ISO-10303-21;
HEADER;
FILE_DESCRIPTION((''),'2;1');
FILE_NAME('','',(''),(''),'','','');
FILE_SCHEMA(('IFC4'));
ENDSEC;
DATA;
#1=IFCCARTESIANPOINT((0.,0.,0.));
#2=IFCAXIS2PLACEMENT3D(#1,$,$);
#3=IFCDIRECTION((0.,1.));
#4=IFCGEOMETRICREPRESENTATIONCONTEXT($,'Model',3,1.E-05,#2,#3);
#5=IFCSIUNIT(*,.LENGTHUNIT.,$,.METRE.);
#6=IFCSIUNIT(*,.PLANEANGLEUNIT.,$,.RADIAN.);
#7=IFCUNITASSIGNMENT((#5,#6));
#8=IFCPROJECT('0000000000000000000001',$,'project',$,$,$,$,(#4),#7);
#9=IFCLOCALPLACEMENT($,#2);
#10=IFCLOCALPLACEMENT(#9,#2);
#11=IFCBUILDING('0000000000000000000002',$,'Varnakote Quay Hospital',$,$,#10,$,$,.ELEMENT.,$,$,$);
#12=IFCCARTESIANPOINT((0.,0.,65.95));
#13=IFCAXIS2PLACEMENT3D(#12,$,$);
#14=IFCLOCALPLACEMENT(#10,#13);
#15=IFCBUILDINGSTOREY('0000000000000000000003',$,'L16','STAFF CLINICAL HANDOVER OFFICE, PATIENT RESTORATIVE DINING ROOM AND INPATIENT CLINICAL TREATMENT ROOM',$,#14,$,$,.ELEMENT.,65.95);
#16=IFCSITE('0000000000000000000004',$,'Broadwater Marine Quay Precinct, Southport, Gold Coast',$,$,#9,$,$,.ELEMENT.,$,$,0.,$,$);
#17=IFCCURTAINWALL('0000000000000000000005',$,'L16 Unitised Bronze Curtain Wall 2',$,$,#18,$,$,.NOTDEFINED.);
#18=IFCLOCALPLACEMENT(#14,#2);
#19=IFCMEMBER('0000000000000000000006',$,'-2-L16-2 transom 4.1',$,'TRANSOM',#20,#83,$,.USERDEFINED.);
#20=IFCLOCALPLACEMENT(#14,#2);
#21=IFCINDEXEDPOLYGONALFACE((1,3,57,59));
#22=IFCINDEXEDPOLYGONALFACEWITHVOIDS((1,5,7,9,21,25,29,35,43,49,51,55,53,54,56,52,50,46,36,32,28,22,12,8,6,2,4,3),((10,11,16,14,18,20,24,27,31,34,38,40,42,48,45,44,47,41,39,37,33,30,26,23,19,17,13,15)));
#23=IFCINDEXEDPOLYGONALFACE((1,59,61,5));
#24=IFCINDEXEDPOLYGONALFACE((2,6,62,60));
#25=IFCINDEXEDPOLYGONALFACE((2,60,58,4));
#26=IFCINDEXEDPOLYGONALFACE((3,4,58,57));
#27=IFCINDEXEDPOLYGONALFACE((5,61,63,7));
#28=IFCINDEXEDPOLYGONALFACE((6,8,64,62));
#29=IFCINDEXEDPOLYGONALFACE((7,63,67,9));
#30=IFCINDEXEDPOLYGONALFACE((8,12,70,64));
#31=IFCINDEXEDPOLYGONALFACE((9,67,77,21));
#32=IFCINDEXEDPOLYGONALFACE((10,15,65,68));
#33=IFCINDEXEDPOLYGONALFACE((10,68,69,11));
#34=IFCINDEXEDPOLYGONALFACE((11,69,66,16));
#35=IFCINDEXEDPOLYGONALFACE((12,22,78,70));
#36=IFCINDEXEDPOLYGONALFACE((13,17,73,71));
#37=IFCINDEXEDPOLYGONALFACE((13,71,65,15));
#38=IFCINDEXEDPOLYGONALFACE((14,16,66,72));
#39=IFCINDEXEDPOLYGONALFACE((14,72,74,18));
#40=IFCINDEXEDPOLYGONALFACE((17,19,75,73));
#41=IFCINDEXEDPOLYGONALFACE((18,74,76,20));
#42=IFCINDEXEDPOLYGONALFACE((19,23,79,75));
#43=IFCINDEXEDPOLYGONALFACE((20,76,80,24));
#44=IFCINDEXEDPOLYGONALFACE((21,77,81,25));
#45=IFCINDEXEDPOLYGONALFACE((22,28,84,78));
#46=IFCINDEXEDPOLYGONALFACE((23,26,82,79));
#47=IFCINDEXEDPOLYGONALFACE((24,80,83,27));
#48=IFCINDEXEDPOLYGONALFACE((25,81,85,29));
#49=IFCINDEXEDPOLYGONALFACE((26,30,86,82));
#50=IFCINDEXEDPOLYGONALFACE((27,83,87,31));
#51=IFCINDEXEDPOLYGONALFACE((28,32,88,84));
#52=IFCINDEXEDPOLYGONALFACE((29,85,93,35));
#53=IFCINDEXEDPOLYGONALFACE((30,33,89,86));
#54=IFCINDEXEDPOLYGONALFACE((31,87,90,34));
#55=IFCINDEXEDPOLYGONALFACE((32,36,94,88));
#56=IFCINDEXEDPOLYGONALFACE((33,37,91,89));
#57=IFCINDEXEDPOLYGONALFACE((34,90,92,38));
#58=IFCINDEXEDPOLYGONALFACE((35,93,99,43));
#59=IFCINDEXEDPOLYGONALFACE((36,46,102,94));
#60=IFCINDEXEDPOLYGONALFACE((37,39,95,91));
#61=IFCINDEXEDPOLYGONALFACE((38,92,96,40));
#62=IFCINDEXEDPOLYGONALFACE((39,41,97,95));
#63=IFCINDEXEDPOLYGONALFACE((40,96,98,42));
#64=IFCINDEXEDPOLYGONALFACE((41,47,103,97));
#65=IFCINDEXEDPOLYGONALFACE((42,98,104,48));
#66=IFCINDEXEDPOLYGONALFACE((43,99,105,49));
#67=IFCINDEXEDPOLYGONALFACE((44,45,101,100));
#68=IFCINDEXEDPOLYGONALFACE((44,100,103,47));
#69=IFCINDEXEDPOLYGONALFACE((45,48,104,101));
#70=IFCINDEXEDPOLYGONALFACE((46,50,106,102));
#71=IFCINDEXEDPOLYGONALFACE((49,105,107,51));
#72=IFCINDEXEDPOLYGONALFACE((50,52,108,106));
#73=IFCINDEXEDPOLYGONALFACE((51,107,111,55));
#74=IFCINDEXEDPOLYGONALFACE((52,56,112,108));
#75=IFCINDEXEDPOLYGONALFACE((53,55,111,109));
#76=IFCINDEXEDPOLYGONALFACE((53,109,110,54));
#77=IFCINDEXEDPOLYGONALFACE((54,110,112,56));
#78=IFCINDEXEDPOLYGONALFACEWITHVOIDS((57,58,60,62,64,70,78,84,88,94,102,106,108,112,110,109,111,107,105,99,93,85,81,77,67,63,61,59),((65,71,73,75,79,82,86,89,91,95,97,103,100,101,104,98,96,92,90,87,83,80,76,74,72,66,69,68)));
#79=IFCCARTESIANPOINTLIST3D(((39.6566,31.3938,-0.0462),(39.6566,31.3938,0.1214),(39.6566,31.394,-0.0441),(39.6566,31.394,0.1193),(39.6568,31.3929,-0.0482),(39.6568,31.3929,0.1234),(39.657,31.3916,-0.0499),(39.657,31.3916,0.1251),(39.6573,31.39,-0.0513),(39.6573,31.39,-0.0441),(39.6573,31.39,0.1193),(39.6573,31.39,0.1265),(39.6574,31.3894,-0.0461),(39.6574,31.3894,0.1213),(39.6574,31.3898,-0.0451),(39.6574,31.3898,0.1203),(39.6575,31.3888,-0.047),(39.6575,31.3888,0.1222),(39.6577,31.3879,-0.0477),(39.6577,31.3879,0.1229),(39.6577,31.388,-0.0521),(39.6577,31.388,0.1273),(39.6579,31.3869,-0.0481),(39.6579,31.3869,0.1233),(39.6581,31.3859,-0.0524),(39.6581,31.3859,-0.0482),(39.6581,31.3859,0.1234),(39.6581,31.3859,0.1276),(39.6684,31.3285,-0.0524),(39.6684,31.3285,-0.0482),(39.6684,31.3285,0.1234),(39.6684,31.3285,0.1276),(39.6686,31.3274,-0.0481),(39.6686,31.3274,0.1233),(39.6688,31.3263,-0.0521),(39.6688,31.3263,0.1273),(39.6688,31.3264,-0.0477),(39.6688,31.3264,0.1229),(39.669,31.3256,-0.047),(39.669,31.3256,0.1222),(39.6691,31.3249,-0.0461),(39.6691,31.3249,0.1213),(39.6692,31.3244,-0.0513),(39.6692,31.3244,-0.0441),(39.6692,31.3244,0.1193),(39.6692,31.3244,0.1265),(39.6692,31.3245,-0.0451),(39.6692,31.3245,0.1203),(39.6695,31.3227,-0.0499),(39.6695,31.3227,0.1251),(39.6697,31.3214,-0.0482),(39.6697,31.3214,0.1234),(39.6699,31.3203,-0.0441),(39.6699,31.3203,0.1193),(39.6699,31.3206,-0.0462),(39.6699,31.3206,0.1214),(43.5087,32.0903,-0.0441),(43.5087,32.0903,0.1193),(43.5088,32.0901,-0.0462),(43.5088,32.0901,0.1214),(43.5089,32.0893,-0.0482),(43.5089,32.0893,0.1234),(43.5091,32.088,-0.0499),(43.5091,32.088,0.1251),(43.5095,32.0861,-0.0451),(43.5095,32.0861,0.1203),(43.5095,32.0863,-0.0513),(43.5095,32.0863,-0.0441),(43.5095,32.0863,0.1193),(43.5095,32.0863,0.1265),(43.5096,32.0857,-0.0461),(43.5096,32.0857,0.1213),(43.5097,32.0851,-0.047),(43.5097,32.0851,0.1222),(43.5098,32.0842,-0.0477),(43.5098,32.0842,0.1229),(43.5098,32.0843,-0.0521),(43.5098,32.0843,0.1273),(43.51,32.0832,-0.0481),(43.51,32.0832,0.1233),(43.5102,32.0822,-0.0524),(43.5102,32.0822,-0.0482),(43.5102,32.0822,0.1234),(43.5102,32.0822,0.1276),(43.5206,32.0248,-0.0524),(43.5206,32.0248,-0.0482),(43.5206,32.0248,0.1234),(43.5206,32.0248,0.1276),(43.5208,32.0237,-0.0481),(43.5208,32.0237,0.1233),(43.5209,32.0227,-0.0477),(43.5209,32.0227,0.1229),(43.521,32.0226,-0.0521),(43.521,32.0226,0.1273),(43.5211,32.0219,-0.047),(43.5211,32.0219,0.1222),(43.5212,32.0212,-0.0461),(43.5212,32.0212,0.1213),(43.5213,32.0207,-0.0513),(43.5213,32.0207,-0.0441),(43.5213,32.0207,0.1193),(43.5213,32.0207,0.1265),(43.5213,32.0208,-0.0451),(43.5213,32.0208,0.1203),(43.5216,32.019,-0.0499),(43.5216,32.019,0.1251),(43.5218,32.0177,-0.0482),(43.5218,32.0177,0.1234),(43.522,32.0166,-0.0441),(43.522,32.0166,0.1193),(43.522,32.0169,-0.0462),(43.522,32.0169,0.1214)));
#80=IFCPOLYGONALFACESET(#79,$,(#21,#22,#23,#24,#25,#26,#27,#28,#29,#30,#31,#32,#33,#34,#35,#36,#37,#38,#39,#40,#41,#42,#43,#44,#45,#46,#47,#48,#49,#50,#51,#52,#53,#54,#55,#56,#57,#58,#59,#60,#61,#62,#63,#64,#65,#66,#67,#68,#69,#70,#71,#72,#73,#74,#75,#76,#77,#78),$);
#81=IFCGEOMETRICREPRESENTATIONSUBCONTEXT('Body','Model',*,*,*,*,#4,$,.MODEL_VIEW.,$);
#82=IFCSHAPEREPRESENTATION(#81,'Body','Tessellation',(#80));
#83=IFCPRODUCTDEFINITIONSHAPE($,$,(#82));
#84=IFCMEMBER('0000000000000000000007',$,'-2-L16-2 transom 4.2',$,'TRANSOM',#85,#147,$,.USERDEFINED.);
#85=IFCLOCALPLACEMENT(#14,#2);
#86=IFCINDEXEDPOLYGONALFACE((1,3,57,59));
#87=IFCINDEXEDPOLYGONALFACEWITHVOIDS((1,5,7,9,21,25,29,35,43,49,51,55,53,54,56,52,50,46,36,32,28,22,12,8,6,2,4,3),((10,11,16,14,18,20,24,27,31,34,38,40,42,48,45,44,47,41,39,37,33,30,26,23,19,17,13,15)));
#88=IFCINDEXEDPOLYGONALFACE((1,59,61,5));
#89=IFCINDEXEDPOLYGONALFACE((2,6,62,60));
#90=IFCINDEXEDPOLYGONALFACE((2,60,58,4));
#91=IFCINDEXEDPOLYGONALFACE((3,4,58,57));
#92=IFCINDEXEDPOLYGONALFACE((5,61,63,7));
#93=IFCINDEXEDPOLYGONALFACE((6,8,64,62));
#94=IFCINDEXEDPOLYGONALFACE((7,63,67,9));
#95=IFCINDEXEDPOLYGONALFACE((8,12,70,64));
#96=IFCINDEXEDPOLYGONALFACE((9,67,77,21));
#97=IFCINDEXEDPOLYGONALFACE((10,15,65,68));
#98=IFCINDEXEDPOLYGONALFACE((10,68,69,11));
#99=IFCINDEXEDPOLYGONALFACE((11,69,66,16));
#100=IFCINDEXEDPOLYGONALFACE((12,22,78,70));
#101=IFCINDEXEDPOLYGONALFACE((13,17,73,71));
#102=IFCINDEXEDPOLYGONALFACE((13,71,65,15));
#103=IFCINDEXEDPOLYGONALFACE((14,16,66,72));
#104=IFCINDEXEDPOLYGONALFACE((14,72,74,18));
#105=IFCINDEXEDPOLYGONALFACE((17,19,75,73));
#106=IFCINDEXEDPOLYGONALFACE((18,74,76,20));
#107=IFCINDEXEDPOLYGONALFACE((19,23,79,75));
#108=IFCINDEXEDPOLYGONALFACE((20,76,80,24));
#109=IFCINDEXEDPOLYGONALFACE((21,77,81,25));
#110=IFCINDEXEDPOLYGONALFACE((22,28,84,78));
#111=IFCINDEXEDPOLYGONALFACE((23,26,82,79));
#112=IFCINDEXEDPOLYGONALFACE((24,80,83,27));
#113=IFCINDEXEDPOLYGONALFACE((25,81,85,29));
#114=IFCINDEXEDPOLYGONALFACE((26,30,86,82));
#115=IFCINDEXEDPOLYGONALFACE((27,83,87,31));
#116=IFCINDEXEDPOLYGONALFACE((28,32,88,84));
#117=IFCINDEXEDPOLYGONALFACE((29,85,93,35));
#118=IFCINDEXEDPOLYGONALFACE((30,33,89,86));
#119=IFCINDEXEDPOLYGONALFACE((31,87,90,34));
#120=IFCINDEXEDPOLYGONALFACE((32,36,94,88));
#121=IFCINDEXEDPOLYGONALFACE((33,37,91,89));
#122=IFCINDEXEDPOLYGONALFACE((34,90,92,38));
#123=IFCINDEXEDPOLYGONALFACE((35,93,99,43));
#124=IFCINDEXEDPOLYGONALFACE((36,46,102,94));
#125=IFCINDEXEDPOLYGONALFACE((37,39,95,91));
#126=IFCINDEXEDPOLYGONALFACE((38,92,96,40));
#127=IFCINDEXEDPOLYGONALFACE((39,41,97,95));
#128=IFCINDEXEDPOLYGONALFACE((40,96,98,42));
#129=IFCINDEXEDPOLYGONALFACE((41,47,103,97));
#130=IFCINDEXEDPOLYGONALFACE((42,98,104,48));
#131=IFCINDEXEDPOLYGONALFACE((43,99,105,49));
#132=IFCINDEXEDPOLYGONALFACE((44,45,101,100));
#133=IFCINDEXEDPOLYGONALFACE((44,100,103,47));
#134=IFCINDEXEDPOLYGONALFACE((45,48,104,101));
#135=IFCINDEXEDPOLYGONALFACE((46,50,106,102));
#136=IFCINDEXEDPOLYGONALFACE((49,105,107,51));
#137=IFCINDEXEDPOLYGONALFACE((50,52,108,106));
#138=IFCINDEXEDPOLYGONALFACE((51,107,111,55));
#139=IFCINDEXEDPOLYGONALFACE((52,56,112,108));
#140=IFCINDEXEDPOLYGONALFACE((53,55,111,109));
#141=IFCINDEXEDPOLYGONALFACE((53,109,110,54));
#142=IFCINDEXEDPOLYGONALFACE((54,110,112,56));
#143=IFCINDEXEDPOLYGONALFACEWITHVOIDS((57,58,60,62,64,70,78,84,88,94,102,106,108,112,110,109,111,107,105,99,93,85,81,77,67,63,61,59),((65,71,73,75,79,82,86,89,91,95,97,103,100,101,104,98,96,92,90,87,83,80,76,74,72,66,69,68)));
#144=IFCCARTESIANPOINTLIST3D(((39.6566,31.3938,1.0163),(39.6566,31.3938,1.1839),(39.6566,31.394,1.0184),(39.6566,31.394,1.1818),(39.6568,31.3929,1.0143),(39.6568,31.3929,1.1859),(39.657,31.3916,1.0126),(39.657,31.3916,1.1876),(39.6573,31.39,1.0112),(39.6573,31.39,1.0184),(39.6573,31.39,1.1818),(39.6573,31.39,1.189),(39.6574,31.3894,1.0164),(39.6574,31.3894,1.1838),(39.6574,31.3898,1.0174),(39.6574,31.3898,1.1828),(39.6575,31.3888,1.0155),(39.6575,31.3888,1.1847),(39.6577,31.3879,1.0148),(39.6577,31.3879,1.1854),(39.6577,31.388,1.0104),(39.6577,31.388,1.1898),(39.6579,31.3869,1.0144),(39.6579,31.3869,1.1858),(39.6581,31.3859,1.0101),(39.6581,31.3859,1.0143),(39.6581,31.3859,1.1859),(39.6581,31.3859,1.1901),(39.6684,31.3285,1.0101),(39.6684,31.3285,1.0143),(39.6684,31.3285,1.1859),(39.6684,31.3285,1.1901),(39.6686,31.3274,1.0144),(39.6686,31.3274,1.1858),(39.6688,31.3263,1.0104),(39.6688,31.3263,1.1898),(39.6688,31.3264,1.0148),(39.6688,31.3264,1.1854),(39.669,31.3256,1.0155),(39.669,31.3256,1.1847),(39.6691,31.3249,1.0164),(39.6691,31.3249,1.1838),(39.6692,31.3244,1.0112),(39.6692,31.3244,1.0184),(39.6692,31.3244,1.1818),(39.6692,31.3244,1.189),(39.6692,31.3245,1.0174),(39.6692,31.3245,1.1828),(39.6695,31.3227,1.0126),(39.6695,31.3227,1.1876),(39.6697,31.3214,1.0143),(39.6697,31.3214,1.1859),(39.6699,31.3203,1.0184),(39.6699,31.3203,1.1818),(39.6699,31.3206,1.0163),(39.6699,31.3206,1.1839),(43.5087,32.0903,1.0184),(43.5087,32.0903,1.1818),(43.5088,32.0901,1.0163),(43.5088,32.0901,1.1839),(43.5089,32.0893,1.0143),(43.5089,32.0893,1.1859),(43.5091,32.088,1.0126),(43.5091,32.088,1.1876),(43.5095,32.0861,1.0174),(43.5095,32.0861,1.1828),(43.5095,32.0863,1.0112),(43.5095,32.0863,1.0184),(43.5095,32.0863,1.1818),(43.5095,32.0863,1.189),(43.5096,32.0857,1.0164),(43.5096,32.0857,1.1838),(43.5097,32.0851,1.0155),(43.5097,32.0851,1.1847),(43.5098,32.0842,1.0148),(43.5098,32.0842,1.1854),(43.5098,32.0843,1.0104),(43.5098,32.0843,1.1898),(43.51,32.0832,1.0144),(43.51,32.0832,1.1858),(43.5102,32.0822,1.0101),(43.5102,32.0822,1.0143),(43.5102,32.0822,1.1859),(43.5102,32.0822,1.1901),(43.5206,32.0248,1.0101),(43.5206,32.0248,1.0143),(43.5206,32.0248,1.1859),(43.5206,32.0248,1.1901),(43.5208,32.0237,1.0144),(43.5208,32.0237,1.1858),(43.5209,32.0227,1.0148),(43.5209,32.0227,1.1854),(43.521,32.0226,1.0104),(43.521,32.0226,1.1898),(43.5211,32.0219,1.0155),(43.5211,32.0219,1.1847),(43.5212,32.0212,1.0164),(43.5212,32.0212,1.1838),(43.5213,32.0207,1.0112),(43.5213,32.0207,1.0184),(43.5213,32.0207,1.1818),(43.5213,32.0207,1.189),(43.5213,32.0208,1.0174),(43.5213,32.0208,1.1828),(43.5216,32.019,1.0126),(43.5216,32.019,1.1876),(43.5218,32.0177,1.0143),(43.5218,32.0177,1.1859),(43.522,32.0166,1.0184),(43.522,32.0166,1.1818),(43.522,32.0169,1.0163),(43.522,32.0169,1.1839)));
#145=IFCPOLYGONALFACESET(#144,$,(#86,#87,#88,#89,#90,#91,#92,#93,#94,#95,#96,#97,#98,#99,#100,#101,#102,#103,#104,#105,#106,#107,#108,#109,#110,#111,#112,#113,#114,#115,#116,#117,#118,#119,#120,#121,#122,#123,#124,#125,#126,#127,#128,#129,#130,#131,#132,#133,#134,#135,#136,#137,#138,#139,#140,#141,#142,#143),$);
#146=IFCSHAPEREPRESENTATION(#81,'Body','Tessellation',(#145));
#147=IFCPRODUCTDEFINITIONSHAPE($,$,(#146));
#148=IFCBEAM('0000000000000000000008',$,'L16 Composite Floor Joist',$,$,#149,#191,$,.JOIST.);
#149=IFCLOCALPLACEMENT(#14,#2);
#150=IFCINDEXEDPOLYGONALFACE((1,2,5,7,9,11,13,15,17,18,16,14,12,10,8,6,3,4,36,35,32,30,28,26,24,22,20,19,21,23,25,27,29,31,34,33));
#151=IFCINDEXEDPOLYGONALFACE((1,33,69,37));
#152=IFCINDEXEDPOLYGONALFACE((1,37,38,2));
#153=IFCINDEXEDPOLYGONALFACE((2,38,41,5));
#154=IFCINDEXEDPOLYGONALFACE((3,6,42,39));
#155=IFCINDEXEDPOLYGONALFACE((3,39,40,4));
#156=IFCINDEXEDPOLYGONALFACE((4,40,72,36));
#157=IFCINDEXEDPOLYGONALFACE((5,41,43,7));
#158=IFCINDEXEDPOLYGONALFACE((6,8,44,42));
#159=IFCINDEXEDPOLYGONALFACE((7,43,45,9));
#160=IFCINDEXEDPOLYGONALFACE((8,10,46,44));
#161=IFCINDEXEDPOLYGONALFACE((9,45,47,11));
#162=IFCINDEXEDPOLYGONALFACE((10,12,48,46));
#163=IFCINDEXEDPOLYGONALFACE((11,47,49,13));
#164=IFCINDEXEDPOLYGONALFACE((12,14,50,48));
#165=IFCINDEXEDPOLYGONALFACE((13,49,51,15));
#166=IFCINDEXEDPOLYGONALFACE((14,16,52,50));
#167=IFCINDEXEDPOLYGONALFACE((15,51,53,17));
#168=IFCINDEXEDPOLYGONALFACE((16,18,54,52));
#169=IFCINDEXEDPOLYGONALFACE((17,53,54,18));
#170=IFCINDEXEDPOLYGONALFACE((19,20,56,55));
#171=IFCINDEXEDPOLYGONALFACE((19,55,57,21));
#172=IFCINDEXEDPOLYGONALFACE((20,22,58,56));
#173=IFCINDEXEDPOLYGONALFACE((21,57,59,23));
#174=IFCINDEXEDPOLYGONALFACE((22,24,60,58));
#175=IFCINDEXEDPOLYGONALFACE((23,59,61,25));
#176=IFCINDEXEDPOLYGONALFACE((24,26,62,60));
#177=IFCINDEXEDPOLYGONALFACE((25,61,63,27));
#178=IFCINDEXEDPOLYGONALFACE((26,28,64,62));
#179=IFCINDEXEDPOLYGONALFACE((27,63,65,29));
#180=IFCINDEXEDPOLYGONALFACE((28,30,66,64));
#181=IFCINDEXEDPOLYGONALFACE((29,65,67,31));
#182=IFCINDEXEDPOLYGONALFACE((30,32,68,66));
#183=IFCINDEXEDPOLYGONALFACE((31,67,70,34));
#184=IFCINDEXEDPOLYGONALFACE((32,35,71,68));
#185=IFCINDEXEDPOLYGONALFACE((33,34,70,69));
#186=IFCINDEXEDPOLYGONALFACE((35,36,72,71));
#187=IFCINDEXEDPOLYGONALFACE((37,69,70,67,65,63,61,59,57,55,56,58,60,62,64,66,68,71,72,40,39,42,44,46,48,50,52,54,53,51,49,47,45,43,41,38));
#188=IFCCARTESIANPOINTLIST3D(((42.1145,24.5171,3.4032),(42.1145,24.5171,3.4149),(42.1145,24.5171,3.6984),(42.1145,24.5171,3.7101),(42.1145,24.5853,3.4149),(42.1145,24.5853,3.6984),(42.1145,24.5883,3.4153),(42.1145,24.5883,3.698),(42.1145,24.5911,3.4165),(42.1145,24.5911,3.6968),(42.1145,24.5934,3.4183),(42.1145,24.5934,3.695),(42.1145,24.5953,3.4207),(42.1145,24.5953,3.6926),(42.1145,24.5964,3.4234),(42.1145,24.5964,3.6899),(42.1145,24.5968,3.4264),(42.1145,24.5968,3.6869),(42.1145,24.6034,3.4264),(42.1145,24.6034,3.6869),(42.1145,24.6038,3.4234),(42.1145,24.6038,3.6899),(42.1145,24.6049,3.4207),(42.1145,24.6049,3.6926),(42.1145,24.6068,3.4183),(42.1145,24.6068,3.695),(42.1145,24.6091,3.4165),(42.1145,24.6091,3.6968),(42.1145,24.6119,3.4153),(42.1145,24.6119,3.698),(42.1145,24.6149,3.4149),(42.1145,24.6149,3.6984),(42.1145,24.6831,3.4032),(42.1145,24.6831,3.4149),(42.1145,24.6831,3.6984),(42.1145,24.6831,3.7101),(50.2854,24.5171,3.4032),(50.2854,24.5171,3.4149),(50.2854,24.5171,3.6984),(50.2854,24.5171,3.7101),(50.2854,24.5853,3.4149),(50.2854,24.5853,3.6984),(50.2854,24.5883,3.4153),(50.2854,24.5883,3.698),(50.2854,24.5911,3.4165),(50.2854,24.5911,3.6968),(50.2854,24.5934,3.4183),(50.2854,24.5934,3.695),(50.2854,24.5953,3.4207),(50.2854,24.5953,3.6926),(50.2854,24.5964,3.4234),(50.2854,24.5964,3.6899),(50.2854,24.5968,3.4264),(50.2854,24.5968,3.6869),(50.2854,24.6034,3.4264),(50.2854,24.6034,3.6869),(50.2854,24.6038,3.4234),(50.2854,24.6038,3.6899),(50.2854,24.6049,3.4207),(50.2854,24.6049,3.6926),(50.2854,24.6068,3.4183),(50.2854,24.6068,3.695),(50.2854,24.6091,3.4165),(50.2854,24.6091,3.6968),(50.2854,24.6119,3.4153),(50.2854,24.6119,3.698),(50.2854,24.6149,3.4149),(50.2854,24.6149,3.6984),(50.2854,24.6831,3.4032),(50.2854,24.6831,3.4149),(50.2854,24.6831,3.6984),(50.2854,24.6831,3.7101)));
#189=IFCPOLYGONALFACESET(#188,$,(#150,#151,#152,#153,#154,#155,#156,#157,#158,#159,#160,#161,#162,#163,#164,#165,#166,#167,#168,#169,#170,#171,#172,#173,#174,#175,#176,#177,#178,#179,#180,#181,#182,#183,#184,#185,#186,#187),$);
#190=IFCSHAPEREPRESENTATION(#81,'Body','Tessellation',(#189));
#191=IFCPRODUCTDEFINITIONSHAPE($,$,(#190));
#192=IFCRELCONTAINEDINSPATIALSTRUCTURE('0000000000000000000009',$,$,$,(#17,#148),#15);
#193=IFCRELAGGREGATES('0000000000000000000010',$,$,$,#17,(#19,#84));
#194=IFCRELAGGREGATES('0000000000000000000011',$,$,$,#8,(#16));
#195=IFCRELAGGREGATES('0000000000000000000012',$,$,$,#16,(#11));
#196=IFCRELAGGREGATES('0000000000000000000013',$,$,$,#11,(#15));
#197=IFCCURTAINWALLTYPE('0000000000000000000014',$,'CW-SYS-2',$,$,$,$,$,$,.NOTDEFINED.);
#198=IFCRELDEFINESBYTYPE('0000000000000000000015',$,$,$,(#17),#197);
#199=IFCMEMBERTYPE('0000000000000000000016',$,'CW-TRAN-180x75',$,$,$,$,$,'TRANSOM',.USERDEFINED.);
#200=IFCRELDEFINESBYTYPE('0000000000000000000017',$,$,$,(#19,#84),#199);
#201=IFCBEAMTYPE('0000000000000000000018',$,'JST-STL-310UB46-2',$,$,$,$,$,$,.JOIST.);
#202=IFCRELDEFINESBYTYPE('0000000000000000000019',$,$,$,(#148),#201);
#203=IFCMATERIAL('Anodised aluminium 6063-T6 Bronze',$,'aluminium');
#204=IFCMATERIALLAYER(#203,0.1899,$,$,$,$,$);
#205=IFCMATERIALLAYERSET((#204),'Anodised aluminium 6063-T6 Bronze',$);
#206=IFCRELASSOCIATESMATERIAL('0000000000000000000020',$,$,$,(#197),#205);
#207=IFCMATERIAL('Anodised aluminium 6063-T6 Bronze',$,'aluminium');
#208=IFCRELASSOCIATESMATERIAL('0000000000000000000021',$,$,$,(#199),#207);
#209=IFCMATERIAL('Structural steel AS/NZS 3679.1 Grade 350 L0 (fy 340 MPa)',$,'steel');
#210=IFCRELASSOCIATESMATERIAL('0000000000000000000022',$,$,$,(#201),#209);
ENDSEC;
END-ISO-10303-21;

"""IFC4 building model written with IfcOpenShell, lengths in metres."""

from ifc_helpers import new_model, si_unit, direction, frame, origin, origin_2d, place, context, subcontext, project, spatial, hollow_rectangle, i_section, extrude, material, layer, layer_set, material_profile, profile_set, type_object, element, aggregate, save


model = new_model("IFC4")

# Units and contexts
model_context = context("Model", 3, precision=1e-05, world=origin(), true_north=direction((0.0, 1.0)))
body_context = subcontext(model_context, "Body", "Model", "MODEL_VIEW")
ifc_project = project(units=[si_unit("LENGTHUNIT", "METRE"), si_unit("PLANEANGLEUNIT", "RADIAN")], contexts=[model_context])

# Site, building, storey
site_placement = place(None, origin())
site = spatial("IfcSite", under=ifc_project, at=site_placement, Name="Broadwater Marine Quay Precinct, Southport, Gold Coast", CompositionType="ELEMENT", RefElevation=0.0)
building_placement = place(site_placement, origin())
building = spatial("IfcBuilding", under=site, at=building_placement, Name="Varnakote Quay Hospital", CompositionType="ELEMENT")
storey_placement = place(building_placement, frame((0.0, 0.0, 65.95)))
storey = spatial("IfcBuildingStorey", under=building, at=storey_placement, Name="L16", Description="STAFF CLINICAL HANDOVER OFFICE, PATIENT RESTORATIVE DINING ROOM AND INPATIENT CLINICAL TREATMENT ROOM", CompositionType="ELEMENT", Elevation=65.95)

# Curtain wall, members
ifc_material_1 = material(Name="Anodised aluminium 6063-T6 Bronze", Category="aluminium")
ifc_layer_1 = layer(ifc_material_1, 0.1899)
ifc_layer_set_1 = layer_set([ifc_layer_1], Name="Anodised aluminium 6063-T6 Bronze")
curtain_wall_type = type_object("IfcCurtainWallType", Name="CW-SYS-2", PredefinedType="NOTDEFINED", material=ifc_layer_set_1)
curtain_wall_placement = place(storey_placement, origin())
curtain_wall = element("IfcCurtainWall", 1, at=curtain_wall_placement, inside=storey, type_object=curtain_wall_type, Name="L16 Unitised Bronze Curtain Wall 2", PredefinedType="NOTDEFINED")
ifc_material_2 = material(Name="Anodised aluminium 6063-T6 Bronze", Category="aluminium")
ifc_material_profile_1 = material_profile(ifc_material_2, hollow_rectangle(XDim=0.075, YDim=0.1799, WallThickness=0.0042, InnerFilletRadius=0.0042, OuterFilletRadius=0.0083, at=origin_2d()), Name="CW-TRAN-180x75")
ifc_profile_set_1 = profile_set([ifc_material_profile_1], Name="Anodised aluminium 6063-T6 Bronze")
member_type_1 = type_object("IfcMemberType", Name="CW-TRAN-180x75", ElementType="TRANSOM", PredefinedType="USERDEFINED", material=ifc_profile_set_1)
member_1_placement = place(storey_placement, frame((43.5154, 32.0535, 0.0376), z_axis=(-0.984053, -0.177875, 0.0), x_axis=(0.177875, -0.984053, 0.0)))
member_1 = element("IfcMember", 2, at=member_1_placement, type_object=member_type_1, Name="-2-L16-2 transom 4.1", ObjectType="TRANSOM", PredefinedType="USERDEFINED", context=body_context, shape_type="SweptSolid", body=[
    extrude(hollow_rectangle(XDim=0.075, YDim=0.1799, WallThickness=0.0042, InnerFilletRadius=0.0042, OuterFilletRadius=0.0083, at=origin_2d()), origin(), (0.0, 0.0, 1.0), 3.9146),
])
member_2_placement = place(storey_placement, frame((43.5154, 32.0535, 1.1001), z_axis=(-0.984053, -0.177875, 0.0), x_axis=(0.177875, -0.984053, 0.0)))
member_2 = element("IfcMember", 3, at=member_2_placement, type_object=member_type_1, Name="-2-L16-2 transom 4.2", ObjectType="TRANSOM", PredefinedType="USERDEFINED", context=body_context, shape_type="SweptSolid", body=[
    extrude(hollow_rectangle(XDim=0.075, YDim=0.1799, WallThickness=0.0042, InnerFilletRadius=0.0042, OuterFilletRadius=0.0083, at=origin_2d()), origin(), (0.0, 0.0, 1.0), 3.9146),
])

# Beam
ifc_material_3 = material(Name="Structural steel AS/NZS 3679.1 Grade 350 L0 (fy 340 MPa)", Category="steel")
ifc_material_profile_2 = material_profile(ifc_material_3, i_section(OverallWidth=0.166, OverallDepth=0.3069, WebThickness=0.0066, FlangeThickness=0.0117, FilletRadius=0.0115, at=origin_2d()), Name="310UB46.2")
ifc_profile_set_2 = profile_set([ifc_material_profile_2], Name="Structural steel AS/NZS 3679.1 Grade 350 L0 (fy 340 MPa)")
beam_type_1 = type_object("IfcBeamType", Name="JST-STL-310UB46-2", PredefinedType="JOIST", material=ifc_profile_set_2)
beam_1_placement = place(storey_placement, frame((42.1145, 24.6001, 3.5566), z_axis=(1.0, 0.0, 0.0), x_axis=(0.0, 1.0, 0.0)))
element("IfcBeam", 4, at=beam_1_placement, inside=storey, type_object=beam_type_1, Name="L16 Composite Floor Joist", PredefinedType="JOIST", context=body_context, shape_type="SweptSolid", body=[
    extrude(i_section(OverallWidth=0.166, OverallDepth=0.3069, WebThickness=0.0066, FlangeThickness=0.0117, FilletRadius=0.0115, at=origin_2d()), origin(), (0.0, 0.0, 1.0), 8.1709),
])

aggregate(curtain_wall, [member_1, member_2])

save(model, "model.ifc")
